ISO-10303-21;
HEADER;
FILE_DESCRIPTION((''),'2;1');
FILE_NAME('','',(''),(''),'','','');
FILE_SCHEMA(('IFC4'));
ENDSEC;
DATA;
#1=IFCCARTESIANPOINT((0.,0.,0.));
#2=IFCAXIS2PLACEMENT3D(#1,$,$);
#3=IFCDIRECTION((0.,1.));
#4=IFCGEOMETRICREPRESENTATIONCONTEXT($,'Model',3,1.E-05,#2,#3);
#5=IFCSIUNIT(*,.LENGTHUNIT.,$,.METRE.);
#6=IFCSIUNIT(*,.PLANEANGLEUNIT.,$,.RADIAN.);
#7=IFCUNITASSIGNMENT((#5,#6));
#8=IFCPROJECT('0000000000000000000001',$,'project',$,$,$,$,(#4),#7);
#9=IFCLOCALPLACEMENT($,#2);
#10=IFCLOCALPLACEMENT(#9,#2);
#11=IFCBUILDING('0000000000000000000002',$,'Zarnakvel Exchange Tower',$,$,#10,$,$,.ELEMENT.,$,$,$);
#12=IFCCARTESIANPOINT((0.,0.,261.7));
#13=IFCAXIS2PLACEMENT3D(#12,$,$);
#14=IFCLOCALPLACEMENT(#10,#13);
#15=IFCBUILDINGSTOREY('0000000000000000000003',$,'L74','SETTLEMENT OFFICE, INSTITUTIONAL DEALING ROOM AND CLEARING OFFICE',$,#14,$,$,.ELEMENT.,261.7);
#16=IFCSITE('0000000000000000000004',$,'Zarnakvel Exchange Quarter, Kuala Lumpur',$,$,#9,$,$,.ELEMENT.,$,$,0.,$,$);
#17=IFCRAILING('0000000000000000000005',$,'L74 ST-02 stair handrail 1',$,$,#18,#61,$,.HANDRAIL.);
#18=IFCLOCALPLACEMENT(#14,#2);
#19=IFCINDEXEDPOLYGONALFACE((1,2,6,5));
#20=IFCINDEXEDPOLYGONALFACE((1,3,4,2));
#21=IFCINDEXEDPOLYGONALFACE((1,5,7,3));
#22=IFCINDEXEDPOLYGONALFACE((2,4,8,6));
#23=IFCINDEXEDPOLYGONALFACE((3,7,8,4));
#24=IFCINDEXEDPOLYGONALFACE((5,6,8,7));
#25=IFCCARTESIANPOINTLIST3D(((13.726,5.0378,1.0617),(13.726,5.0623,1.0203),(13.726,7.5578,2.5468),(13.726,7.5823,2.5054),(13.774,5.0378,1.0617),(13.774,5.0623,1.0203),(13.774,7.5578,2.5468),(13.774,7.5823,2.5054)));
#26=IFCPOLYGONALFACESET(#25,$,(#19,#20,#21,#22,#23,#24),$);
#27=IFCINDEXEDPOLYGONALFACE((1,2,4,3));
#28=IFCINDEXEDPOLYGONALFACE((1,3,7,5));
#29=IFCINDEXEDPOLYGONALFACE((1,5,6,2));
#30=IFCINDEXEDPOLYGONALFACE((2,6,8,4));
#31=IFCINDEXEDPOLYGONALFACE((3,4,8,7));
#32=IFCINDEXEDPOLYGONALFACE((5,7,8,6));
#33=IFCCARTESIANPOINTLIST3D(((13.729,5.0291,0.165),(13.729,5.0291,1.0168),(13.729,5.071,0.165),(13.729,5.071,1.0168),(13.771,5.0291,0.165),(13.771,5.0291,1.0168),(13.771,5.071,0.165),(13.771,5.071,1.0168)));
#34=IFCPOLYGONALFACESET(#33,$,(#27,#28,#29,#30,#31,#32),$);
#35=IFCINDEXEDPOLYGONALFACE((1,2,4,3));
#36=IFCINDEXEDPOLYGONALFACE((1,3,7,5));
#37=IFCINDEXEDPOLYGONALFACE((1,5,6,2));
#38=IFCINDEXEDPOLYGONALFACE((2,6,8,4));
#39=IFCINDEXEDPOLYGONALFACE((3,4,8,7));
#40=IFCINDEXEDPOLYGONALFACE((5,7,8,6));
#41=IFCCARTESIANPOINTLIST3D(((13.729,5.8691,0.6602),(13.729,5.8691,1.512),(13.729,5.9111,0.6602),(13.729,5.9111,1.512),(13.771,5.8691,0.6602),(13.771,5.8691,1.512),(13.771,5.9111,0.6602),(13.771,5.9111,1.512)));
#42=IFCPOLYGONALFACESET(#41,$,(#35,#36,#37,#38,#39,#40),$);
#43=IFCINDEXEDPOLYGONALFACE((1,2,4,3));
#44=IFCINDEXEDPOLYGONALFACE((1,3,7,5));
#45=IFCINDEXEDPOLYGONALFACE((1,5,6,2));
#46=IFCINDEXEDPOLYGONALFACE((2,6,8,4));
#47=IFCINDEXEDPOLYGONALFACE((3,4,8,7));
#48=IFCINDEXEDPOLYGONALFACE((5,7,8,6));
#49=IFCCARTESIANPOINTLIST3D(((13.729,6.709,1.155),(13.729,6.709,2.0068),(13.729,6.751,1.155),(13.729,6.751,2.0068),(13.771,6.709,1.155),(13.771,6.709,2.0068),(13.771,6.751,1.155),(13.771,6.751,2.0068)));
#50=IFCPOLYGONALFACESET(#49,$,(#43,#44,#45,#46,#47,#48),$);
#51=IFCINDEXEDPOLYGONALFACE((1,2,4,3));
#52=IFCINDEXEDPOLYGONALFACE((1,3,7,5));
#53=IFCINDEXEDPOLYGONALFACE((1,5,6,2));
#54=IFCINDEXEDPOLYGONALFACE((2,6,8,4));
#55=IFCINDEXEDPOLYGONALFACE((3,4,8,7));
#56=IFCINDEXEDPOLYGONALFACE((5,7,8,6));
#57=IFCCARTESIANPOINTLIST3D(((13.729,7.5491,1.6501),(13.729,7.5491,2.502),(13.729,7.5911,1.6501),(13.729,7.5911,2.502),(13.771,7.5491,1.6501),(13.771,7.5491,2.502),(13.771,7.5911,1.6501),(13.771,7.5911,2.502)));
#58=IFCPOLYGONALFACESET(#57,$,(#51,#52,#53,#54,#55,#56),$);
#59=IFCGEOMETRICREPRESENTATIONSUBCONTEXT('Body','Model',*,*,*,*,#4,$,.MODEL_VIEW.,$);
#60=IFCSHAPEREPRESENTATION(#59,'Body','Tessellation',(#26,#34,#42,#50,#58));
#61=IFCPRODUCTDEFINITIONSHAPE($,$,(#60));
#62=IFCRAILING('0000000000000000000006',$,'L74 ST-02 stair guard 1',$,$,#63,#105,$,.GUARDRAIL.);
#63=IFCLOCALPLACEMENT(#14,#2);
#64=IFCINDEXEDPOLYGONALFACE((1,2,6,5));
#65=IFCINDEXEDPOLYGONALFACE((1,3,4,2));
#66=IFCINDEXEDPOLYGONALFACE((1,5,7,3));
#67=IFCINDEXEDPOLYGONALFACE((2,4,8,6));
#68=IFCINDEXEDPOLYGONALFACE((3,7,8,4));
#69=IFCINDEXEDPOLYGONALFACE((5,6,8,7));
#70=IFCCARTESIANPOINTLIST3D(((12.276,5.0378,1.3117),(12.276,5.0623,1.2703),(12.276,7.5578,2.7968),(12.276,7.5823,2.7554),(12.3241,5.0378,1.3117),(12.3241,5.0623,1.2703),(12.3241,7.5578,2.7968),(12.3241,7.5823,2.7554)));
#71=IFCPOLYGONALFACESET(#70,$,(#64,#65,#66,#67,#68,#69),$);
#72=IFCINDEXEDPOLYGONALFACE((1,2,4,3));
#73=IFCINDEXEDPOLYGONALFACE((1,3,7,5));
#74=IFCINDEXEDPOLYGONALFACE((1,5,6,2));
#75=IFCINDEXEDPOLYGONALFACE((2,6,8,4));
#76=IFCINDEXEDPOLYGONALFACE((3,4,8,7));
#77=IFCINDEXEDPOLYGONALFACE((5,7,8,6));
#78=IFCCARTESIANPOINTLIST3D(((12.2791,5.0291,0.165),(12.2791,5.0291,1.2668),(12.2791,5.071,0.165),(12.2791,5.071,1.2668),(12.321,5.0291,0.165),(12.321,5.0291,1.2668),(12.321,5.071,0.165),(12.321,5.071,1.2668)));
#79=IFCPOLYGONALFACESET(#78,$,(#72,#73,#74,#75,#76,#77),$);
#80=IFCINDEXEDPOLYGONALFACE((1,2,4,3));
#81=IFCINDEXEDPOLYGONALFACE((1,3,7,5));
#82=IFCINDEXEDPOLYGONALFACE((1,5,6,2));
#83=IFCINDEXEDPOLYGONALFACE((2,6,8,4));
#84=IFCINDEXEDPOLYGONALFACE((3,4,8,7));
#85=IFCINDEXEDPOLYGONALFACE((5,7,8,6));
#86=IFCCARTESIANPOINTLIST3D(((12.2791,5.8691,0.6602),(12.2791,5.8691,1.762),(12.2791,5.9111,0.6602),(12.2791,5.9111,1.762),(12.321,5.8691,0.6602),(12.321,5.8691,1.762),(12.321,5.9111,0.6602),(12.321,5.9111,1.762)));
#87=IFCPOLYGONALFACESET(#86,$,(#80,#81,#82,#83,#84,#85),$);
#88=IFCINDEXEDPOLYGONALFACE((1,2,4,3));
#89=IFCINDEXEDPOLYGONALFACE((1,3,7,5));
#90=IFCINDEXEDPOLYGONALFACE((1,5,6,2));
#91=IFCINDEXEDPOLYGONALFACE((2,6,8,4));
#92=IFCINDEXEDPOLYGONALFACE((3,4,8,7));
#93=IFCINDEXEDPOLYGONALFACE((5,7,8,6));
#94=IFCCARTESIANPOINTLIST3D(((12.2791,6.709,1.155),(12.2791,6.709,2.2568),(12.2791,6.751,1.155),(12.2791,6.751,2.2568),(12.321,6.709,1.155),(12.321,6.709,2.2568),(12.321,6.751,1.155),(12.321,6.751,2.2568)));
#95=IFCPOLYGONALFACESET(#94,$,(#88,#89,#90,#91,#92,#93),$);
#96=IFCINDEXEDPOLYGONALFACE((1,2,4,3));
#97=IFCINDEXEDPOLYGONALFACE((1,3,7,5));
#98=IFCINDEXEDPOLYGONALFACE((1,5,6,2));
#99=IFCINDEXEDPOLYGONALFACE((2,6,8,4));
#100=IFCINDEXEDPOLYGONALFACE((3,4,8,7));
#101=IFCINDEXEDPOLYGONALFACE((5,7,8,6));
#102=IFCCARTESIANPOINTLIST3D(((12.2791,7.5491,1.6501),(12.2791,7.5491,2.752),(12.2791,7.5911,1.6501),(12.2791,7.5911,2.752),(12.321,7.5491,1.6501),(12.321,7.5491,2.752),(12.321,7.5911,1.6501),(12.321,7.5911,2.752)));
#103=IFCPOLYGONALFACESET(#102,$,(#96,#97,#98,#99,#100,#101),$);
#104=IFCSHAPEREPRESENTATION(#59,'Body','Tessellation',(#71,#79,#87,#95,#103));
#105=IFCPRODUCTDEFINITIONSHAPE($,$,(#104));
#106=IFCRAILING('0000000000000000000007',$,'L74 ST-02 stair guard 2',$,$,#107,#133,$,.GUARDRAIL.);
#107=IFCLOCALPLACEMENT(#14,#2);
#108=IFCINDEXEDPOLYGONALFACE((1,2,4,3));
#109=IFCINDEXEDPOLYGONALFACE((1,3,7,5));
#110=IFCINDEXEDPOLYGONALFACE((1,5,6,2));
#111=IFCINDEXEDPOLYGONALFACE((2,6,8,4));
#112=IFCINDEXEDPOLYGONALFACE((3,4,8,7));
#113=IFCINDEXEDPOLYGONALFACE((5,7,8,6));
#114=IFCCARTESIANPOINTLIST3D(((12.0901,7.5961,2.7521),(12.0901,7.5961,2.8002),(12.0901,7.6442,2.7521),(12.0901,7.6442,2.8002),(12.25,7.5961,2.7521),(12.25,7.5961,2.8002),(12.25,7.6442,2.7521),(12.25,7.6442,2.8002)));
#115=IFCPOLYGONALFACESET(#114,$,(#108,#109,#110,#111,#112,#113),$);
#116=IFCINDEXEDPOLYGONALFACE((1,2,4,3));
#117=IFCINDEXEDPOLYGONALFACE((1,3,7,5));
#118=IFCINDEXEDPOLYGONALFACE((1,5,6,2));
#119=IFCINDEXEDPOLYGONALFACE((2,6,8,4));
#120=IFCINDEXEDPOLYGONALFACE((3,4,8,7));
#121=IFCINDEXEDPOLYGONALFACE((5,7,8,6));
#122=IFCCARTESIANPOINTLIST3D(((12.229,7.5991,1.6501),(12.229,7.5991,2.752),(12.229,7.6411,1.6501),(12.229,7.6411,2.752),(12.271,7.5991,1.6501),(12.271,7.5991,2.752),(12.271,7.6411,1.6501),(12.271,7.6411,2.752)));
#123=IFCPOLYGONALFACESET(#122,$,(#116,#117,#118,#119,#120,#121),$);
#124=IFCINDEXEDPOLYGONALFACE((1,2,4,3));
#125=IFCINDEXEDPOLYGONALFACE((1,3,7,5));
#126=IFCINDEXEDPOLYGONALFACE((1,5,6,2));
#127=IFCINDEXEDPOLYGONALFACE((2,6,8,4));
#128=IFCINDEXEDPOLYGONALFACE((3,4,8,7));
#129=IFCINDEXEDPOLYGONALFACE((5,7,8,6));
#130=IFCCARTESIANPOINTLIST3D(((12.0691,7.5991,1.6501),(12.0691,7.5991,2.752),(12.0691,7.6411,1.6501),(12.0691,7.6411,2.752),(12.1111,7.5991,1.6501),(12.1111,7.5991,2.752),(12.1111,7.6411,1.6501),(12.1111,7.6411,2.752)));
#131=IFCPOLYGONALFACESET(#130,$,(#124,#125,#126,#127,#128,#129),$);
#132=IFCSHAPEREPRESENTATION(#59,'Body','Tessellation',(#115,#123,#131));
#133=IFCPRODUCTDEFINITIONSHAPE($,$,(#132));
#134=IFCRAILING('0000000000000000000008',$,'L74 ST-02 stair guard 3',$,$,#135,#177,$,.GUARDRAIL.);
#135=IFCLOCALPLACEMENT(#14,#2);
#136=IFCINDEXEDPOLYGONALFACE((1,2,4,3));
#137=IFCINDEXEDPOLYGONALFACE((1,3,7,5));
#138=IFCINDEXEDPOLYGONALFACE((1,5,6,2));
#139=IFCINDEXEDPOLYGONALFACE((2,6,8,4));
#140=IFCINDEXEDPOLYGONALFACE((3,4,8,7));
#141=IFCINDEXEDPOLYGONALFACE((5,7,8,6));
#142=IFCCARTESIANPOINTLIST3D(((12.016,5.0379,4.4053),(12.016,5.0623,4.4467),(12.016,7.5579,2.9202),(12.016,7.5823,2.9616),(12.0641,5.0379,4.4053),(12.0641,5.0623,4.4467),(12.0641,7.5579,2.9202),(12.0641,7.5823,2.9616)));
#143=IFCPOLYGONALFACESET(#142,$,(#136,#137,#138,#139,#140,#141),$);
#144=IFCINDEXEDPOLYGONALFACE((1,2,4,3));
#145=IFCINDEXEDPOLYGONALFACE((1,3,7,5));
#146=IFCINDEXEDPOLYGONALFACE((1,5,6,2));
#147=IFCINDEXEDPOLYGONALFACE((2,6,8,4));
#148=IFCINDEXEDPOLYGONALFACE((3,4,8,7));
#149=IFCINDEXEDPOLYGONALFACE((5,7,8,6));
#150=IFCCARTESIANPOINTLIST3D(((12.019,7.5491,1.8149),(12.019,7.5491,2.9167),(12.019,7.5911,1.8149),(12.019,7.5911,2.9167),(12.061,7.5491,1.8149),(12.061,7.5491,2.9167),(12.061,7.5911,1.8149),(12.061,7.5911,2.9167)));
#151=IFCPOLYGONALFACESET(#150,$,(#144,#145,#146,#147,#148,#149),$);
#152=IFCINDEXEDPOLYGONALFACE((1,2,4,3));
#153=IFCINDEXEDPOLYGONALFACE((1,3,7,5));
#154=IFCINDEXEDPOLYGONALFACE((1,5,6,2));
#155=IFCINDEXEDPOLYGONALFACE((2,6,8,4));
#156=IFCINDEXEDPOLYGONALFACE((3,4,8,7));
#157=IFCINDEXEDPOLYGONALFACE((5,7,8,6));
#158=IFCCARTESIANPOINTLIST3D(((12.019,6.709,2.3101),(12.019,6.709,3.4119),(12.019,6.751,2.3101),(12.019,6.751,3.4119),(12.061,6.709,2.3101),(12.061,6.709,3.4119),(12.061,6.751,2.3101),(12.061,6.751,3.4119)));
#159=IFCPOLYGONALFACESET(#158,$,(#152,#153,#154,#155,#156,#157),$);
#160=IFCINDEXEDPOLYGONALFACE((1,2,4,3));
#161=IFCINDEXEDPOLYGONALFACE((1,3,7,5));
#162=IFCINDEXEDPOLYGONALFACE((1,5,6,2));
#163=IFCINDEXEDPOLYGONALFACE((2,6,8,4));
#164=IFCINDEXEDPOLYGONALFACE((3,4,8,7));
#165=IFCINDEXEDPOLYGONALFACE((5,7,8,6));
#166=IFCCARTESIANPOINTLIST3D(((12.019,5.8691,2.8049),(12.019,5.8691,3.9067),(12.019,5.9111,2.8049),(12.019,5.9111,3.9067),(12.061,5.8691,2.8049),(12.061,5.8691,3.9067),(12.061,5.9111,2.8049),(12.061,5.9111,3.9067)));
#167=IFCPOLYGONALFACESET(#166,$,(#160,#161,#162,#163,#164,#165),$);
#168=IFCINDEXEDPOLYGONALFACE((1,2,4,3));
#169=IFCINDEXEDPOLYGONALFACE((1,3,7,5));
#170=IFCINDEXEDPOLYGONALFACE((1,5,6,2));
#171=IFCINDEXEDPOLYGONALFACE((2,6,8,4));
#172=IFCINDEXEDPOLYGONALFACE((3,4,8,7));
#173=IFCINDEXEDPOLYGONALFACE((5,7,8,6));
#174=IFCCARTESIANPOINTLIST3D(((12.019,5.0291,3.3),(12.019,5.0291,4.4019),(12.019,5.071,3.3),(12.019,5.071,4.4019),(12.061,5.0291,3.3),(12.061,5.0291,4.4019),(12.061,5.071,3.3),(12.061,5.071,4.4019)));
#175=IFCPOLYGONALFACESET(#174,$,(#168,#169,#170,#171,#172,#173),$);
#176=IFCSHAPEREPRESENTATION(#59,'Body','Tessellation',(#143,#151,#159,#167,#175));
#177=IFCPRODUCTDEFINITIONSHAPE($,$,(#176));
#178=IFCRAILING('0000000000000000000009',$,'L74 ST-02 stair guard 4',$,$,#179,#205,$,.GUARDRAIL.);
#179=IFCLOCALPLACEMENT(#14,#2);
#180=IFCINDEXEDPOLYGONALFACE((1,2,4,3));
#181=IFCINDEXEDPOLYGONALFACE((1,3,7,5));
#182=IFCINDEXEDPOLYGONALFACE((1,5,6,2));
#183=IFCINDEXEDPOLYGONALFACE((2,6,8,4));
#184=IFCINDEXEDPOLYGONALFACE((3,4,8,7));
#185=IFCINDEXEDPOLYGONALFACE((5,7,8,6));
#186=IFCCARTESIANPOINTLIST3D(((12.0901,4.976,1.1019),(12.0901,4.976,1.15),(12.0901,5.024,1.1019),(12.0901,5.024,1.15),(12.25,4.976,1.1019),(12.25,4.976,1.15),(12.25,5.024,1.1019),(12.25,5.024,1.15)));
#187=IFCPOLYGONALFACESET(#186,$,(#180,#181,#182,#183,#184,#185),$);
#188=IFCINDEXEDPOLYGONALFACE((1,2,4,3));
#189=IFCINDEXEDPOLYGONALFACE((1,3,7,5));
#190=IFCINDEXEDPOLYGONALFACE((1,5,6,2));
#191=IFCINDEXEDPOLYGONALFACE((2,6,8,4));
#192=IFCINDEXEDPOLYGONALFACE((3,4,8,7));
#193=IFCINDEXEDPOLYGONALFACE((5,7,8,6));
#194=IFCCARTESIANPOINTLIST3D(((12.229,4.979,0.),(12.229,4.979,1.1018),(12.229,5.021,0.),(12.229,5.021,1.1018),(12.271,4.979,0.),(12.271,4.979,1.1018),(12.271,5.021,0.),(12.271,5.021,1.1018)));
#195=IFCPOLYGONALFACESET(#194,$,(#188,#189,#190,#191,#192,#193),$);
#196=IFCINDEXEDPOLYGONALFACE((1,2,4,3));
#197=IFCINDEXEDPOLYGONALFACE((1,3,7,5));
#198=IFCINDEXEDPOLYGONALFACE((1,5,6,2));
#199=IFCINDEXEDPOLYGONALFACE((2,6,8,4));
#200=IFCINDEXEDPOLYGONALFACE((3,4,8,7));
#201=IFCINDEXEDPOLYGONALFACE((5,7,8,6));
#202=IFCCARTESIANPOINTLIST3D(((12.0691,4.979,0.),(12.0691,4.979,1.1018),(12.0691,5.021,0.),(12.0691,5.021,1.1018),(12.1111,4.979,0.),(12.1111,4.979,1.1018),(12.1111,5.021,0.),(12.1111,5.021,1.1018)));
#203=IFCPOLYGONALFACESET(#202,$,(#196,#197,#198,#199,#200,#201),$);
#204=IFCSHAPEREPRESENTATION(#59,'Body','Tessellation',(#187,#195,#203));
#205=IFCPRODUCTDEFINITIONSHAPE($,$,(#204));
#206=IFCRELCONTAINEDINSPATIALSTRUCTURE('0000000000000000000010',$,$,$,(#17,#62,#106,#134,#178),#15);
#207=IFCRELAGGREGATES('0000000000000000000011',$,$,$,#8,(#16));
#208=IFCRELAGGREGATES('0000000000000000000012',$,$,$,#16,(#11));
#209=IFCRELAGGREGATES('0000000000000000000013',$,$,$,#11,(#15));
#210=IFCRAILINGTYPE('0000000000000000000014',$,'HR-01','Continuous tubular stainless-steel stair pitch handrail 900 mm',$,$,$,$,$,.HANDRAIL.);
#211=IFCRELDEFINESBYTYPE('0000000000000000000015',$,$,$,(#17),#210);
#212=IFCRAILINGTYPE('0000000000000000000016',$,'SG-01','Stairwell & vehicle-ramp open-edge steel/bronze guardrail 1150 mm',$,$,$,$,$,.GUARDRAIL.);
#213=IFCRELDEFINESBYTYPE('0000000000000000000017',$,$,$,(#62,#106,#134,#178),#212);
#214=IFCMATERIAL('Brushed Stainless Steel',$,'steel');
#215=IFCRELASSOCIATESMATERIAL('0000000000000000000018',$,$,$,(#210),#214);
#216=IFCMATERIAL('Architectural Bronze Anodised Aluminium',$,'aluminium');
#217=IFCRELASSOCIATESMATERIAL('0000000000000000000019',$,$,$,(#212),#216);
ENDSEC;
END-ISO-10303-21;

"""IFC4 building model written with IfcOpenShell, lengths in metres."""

from ifc_helpers import new_model, si_unit, direction, frame, origin, origin_2d, place, context, subcontext, project, spatial, rectangle, extrude, material, type_object, element, save


model = new_model("IFC4")

# Units and contexts
model_context = context("Model", 3, precision=1e-05, world=origin(), true_north=direction((0.0, 1.0)))
body_context = subcontext(model_context, "Body", "Model", "MODEL_VIEW")
ifc_project = project(units=[si_unit("LENGTHUNIT", "METRE"), si_unit("PLANEANGLEUNIT", "RADIAN")], contexts=[model_context])

# Site, building, storey
site_placement = place(None, origin())
site = spatial("IfcSite", under=ifc_project, at=site_placement, Name="Zarnakvel Exchange Quarter, Kuala Lumpur", CompositionType="ELEMENT", RefElevation=0.0)
building_placement = place(site_placement, origin())
building = spatial("IfcBuilding", under=site, at=building_placement, Name="Zarnakvel Exchange Tower", CompositionType="ELEMENT")
storey_placement = place(building_placement, frame((0.0, 0.0, 261.7)))
storey = spatial("IfcBuildingStorey", under=building, at=storey_placement, Name="L74", Description="SETTLEMENT OFFICE, INSTITUTIONAL DEALING ROOM AND CLEARING OFFICE", CompositionType="ELEMENT", Elevation=261.7)

# Shared definitions
ifc_material_1 = material(Name="Architectural Bronze Anodised Aluminium", Category="aluminium")

# Railings
ifc_material_2 = material(Name="Brushed Stainless Steel", Category="steel")
railing_type_1 = type_object("IfcRailingType", Name="HR-01", Description="Continuous tubular stainless-steel stair pitch handrail 900 mm", PredefinedType="HANDRAIL", material=ifc_material_2)
railing_1_placement = place(storey_placement, frame((13.75, 5.05, 0.165)))
element("IfcRailing", 1, at=railing_1_placement, inside=storey, type_object=railing_type_1, Name="L74 ST-02 stair handrail 1", PredefinedType="HANDRAIL", context=body_context, shape_type="SweptSolid", body=[
    extrude(rectangle(XDim=0.0481, YDim=0.0481, at=origin_2d()), frame((0.0, 0.0, 0.876), z_axis=(0.0, 0.861524, 0.507717), x_axis=(-1.0, 0.0, 0.0)), (0.0, 0.0, 1.0), 2.925),
    extrude(rectangle(XDim=0.042, YDim=0.042, at=origin_2d()), origin(), (0.0, 0.0, 1.0), 0.8518),
    extrude(rectangle(XDim=0.042, YDim=0.042, at=origin_2d()), frame((0.0, 0.8401, 0.4951)), (0.0, 0.0, 1.0), 0.8518),
    extrude(rectangle(XDim=0.042, YDim=0.042, at=origin_2d()), frame((0.0, 1.6799, 0.99)), (0.0, 0.0, 1.0), 0.8518),
    extrude(rectangle(XDim=0.042, YDim=0.042, at=origin_2d()), frame((0.0, 2.52, 1.4851)), (0.0, 0.0, 1.0), 0.8518),
])
railing_type_2 = type_object("IfcRailingType", Name="SG-01", Description="Stairwell & vehicle-ramp open-edge steel/bronze guardrail 1150 mm", PredefinedType="GUARDRAIL", material=ifc_material_1)
railing_2_placement = place(storey_placement, frame((12.3, 5.05, 0.165)))
element("IfcRailing", 2, at=railing_2_placement, inside=storey, type_object=railing_type_2, Name="L74 ST-02 stair guard 1", PredefinedType="GUARDRAIL", context=body_context, shape_type="SweptSolid", body=[
    extrude(rectangle(XDim=0.0481, YDim=0.0481, at=origin_2d()), frame((0.0, 0.0, 1.126), z_axis=(0.0, 0.861524, 0.507717), x_axis=(-1.0, 0.0, 0.0)), (0.0, 0.0, 1.0), 2.925),
    extrude(rectangle(XDim=0.042, YDim=0.042, at=origin_2d()), origin(), (0.0, 0.0, 1.0), 1.1018),
    extrude(rectangle(XDim=0.042, YDim=0.042, at=origin_2d()), frame((0.0, 0.8401, 0.4951)), (0.0, 0.0, 1.0), 1.1018),
    extrude(rectangle(XDim=0.042, YDim=0.042, at=origin_2d()), frame((0.0, 1.6799, 0.99)), (0.0, 0.0, 1.0), 1.1018),
    extrude(rectangle(XDim=0.042, YDim=0.042, at=origin_2d()), frame((0.0, 2.52, 1.4851)), (0.0, 0.0, 1.0), 1.1018),
])
railing_3_placement = place(storey_placement, frame((12.25, 7.6201, 1.6501)))
element("IfcRailing", 3, at=railing_3_placement, inside=storey, type_object=railing_type_2, Name="L74 ST-02 stair guard 2", PredefinedType="GUARDRAIL", context=body_context, shape_type="SweptSolid", body=[
    extrude(rectangle(XDim=0.0481, YDim=0.0481, at=origin_2d()), frame((0.0, 0.0, 1.126), z_axis=(-1.0, 0.0, 0.0), x_axis=(0.0, -1.0, 0.0)), (0.0, 0.0, 1.0), 0.1599),
    extrude(rectangle(XDim=0.042, YDim=0.042, at=origin_2d()), origin(), (0.0, 0.0, 1.0), 1.1018),
    extrude(rectangle(XDim=0.042, YDim=0.042, at=origin_2d()), frame((-0.1599, 0.0, 0.0)), (0.0, 0.0, 1.0), 1.1018),
])
railing_4_placement = place(storey_placement, frame((12.04, 7.5701, 1.8149)))
element("IfcRailing", 4, at=railing_4_placement, inside=storey, type_object=railing_type_2, Name="L74 ST-02 stair guard 3", PredefinedType="GUARDRAIL", context=body_context, shape_type="SweptSolid", body=[
    extrude(rectangle(XDim=0.0481, YDim=0.0481, at=origin_2d()), frame((0.0, 0.0, 1.126), z_axis=(0.0, -0.861524, 0.507717), x_axis=(1.0, 0.0, 0.0)), (0.0, 0.0, 1.0), 2.925),
    extrude(rectangle(XDim=0.042, YDim=0.042, at=origin_2d()), origin(), (0.0, 0.0, 1.0), 1.1018),
    extrude(rectangle(XDim=0.042, YDim=0.042, at=origin_2d()), frame((0.0, -0.8401, 0.4951)), (0.0, 0.0, 1.0), 1.1018),
    extrude(rectangle(XDim=0.042, YDim=0.042, at=origin_2d()), frame((0.0, -1.6799, 0.99)), (0.0, 0.0, 1.0), 1.1018),
    extrude(rectangle(XDim=0.042, YDim=0.042, at=origin_2d()), frame((0.0, -2.52, 1.4851)), (0.0, 0.0, 1.0), 1.1018),
])
railing_5_placement = place(storey_placement, frame((12.25, 5.0, 0.0)))
element("IfcRailing", 5, at=railing_5_placement, inside=storey, type_object=railing_type_2, Name="L74 ST-02 stair guard 4", PredefinedType="GUARDRAIL", context=body_context, shape_type="SweptSolid", body=[
    extrude(rectangle(XDim=0.0481, YDim=0.0481, at=origin_2d()), frame((0.0, 0.0, 1.126), z_axis=(-1.0, 0.0, 0.0), x_axis=(0.0, -1.0, 0.0)), (0.0, 0.0, 1.0), 0.1599),
    extrude(rectangle(XDim=0.042, YDim=0.042, at=origin_2d()), origin(), (0.0, 0.0, 1.0), 1.1018),
    extrude(rectangle(XDim=0.042, YDim=0.042, at=origin_2d()), frame((-0.1599, 0.0, 0.0)), (0.0, 0.0, 1.0), 1.1018),
])

save(model, "model.ifc")
